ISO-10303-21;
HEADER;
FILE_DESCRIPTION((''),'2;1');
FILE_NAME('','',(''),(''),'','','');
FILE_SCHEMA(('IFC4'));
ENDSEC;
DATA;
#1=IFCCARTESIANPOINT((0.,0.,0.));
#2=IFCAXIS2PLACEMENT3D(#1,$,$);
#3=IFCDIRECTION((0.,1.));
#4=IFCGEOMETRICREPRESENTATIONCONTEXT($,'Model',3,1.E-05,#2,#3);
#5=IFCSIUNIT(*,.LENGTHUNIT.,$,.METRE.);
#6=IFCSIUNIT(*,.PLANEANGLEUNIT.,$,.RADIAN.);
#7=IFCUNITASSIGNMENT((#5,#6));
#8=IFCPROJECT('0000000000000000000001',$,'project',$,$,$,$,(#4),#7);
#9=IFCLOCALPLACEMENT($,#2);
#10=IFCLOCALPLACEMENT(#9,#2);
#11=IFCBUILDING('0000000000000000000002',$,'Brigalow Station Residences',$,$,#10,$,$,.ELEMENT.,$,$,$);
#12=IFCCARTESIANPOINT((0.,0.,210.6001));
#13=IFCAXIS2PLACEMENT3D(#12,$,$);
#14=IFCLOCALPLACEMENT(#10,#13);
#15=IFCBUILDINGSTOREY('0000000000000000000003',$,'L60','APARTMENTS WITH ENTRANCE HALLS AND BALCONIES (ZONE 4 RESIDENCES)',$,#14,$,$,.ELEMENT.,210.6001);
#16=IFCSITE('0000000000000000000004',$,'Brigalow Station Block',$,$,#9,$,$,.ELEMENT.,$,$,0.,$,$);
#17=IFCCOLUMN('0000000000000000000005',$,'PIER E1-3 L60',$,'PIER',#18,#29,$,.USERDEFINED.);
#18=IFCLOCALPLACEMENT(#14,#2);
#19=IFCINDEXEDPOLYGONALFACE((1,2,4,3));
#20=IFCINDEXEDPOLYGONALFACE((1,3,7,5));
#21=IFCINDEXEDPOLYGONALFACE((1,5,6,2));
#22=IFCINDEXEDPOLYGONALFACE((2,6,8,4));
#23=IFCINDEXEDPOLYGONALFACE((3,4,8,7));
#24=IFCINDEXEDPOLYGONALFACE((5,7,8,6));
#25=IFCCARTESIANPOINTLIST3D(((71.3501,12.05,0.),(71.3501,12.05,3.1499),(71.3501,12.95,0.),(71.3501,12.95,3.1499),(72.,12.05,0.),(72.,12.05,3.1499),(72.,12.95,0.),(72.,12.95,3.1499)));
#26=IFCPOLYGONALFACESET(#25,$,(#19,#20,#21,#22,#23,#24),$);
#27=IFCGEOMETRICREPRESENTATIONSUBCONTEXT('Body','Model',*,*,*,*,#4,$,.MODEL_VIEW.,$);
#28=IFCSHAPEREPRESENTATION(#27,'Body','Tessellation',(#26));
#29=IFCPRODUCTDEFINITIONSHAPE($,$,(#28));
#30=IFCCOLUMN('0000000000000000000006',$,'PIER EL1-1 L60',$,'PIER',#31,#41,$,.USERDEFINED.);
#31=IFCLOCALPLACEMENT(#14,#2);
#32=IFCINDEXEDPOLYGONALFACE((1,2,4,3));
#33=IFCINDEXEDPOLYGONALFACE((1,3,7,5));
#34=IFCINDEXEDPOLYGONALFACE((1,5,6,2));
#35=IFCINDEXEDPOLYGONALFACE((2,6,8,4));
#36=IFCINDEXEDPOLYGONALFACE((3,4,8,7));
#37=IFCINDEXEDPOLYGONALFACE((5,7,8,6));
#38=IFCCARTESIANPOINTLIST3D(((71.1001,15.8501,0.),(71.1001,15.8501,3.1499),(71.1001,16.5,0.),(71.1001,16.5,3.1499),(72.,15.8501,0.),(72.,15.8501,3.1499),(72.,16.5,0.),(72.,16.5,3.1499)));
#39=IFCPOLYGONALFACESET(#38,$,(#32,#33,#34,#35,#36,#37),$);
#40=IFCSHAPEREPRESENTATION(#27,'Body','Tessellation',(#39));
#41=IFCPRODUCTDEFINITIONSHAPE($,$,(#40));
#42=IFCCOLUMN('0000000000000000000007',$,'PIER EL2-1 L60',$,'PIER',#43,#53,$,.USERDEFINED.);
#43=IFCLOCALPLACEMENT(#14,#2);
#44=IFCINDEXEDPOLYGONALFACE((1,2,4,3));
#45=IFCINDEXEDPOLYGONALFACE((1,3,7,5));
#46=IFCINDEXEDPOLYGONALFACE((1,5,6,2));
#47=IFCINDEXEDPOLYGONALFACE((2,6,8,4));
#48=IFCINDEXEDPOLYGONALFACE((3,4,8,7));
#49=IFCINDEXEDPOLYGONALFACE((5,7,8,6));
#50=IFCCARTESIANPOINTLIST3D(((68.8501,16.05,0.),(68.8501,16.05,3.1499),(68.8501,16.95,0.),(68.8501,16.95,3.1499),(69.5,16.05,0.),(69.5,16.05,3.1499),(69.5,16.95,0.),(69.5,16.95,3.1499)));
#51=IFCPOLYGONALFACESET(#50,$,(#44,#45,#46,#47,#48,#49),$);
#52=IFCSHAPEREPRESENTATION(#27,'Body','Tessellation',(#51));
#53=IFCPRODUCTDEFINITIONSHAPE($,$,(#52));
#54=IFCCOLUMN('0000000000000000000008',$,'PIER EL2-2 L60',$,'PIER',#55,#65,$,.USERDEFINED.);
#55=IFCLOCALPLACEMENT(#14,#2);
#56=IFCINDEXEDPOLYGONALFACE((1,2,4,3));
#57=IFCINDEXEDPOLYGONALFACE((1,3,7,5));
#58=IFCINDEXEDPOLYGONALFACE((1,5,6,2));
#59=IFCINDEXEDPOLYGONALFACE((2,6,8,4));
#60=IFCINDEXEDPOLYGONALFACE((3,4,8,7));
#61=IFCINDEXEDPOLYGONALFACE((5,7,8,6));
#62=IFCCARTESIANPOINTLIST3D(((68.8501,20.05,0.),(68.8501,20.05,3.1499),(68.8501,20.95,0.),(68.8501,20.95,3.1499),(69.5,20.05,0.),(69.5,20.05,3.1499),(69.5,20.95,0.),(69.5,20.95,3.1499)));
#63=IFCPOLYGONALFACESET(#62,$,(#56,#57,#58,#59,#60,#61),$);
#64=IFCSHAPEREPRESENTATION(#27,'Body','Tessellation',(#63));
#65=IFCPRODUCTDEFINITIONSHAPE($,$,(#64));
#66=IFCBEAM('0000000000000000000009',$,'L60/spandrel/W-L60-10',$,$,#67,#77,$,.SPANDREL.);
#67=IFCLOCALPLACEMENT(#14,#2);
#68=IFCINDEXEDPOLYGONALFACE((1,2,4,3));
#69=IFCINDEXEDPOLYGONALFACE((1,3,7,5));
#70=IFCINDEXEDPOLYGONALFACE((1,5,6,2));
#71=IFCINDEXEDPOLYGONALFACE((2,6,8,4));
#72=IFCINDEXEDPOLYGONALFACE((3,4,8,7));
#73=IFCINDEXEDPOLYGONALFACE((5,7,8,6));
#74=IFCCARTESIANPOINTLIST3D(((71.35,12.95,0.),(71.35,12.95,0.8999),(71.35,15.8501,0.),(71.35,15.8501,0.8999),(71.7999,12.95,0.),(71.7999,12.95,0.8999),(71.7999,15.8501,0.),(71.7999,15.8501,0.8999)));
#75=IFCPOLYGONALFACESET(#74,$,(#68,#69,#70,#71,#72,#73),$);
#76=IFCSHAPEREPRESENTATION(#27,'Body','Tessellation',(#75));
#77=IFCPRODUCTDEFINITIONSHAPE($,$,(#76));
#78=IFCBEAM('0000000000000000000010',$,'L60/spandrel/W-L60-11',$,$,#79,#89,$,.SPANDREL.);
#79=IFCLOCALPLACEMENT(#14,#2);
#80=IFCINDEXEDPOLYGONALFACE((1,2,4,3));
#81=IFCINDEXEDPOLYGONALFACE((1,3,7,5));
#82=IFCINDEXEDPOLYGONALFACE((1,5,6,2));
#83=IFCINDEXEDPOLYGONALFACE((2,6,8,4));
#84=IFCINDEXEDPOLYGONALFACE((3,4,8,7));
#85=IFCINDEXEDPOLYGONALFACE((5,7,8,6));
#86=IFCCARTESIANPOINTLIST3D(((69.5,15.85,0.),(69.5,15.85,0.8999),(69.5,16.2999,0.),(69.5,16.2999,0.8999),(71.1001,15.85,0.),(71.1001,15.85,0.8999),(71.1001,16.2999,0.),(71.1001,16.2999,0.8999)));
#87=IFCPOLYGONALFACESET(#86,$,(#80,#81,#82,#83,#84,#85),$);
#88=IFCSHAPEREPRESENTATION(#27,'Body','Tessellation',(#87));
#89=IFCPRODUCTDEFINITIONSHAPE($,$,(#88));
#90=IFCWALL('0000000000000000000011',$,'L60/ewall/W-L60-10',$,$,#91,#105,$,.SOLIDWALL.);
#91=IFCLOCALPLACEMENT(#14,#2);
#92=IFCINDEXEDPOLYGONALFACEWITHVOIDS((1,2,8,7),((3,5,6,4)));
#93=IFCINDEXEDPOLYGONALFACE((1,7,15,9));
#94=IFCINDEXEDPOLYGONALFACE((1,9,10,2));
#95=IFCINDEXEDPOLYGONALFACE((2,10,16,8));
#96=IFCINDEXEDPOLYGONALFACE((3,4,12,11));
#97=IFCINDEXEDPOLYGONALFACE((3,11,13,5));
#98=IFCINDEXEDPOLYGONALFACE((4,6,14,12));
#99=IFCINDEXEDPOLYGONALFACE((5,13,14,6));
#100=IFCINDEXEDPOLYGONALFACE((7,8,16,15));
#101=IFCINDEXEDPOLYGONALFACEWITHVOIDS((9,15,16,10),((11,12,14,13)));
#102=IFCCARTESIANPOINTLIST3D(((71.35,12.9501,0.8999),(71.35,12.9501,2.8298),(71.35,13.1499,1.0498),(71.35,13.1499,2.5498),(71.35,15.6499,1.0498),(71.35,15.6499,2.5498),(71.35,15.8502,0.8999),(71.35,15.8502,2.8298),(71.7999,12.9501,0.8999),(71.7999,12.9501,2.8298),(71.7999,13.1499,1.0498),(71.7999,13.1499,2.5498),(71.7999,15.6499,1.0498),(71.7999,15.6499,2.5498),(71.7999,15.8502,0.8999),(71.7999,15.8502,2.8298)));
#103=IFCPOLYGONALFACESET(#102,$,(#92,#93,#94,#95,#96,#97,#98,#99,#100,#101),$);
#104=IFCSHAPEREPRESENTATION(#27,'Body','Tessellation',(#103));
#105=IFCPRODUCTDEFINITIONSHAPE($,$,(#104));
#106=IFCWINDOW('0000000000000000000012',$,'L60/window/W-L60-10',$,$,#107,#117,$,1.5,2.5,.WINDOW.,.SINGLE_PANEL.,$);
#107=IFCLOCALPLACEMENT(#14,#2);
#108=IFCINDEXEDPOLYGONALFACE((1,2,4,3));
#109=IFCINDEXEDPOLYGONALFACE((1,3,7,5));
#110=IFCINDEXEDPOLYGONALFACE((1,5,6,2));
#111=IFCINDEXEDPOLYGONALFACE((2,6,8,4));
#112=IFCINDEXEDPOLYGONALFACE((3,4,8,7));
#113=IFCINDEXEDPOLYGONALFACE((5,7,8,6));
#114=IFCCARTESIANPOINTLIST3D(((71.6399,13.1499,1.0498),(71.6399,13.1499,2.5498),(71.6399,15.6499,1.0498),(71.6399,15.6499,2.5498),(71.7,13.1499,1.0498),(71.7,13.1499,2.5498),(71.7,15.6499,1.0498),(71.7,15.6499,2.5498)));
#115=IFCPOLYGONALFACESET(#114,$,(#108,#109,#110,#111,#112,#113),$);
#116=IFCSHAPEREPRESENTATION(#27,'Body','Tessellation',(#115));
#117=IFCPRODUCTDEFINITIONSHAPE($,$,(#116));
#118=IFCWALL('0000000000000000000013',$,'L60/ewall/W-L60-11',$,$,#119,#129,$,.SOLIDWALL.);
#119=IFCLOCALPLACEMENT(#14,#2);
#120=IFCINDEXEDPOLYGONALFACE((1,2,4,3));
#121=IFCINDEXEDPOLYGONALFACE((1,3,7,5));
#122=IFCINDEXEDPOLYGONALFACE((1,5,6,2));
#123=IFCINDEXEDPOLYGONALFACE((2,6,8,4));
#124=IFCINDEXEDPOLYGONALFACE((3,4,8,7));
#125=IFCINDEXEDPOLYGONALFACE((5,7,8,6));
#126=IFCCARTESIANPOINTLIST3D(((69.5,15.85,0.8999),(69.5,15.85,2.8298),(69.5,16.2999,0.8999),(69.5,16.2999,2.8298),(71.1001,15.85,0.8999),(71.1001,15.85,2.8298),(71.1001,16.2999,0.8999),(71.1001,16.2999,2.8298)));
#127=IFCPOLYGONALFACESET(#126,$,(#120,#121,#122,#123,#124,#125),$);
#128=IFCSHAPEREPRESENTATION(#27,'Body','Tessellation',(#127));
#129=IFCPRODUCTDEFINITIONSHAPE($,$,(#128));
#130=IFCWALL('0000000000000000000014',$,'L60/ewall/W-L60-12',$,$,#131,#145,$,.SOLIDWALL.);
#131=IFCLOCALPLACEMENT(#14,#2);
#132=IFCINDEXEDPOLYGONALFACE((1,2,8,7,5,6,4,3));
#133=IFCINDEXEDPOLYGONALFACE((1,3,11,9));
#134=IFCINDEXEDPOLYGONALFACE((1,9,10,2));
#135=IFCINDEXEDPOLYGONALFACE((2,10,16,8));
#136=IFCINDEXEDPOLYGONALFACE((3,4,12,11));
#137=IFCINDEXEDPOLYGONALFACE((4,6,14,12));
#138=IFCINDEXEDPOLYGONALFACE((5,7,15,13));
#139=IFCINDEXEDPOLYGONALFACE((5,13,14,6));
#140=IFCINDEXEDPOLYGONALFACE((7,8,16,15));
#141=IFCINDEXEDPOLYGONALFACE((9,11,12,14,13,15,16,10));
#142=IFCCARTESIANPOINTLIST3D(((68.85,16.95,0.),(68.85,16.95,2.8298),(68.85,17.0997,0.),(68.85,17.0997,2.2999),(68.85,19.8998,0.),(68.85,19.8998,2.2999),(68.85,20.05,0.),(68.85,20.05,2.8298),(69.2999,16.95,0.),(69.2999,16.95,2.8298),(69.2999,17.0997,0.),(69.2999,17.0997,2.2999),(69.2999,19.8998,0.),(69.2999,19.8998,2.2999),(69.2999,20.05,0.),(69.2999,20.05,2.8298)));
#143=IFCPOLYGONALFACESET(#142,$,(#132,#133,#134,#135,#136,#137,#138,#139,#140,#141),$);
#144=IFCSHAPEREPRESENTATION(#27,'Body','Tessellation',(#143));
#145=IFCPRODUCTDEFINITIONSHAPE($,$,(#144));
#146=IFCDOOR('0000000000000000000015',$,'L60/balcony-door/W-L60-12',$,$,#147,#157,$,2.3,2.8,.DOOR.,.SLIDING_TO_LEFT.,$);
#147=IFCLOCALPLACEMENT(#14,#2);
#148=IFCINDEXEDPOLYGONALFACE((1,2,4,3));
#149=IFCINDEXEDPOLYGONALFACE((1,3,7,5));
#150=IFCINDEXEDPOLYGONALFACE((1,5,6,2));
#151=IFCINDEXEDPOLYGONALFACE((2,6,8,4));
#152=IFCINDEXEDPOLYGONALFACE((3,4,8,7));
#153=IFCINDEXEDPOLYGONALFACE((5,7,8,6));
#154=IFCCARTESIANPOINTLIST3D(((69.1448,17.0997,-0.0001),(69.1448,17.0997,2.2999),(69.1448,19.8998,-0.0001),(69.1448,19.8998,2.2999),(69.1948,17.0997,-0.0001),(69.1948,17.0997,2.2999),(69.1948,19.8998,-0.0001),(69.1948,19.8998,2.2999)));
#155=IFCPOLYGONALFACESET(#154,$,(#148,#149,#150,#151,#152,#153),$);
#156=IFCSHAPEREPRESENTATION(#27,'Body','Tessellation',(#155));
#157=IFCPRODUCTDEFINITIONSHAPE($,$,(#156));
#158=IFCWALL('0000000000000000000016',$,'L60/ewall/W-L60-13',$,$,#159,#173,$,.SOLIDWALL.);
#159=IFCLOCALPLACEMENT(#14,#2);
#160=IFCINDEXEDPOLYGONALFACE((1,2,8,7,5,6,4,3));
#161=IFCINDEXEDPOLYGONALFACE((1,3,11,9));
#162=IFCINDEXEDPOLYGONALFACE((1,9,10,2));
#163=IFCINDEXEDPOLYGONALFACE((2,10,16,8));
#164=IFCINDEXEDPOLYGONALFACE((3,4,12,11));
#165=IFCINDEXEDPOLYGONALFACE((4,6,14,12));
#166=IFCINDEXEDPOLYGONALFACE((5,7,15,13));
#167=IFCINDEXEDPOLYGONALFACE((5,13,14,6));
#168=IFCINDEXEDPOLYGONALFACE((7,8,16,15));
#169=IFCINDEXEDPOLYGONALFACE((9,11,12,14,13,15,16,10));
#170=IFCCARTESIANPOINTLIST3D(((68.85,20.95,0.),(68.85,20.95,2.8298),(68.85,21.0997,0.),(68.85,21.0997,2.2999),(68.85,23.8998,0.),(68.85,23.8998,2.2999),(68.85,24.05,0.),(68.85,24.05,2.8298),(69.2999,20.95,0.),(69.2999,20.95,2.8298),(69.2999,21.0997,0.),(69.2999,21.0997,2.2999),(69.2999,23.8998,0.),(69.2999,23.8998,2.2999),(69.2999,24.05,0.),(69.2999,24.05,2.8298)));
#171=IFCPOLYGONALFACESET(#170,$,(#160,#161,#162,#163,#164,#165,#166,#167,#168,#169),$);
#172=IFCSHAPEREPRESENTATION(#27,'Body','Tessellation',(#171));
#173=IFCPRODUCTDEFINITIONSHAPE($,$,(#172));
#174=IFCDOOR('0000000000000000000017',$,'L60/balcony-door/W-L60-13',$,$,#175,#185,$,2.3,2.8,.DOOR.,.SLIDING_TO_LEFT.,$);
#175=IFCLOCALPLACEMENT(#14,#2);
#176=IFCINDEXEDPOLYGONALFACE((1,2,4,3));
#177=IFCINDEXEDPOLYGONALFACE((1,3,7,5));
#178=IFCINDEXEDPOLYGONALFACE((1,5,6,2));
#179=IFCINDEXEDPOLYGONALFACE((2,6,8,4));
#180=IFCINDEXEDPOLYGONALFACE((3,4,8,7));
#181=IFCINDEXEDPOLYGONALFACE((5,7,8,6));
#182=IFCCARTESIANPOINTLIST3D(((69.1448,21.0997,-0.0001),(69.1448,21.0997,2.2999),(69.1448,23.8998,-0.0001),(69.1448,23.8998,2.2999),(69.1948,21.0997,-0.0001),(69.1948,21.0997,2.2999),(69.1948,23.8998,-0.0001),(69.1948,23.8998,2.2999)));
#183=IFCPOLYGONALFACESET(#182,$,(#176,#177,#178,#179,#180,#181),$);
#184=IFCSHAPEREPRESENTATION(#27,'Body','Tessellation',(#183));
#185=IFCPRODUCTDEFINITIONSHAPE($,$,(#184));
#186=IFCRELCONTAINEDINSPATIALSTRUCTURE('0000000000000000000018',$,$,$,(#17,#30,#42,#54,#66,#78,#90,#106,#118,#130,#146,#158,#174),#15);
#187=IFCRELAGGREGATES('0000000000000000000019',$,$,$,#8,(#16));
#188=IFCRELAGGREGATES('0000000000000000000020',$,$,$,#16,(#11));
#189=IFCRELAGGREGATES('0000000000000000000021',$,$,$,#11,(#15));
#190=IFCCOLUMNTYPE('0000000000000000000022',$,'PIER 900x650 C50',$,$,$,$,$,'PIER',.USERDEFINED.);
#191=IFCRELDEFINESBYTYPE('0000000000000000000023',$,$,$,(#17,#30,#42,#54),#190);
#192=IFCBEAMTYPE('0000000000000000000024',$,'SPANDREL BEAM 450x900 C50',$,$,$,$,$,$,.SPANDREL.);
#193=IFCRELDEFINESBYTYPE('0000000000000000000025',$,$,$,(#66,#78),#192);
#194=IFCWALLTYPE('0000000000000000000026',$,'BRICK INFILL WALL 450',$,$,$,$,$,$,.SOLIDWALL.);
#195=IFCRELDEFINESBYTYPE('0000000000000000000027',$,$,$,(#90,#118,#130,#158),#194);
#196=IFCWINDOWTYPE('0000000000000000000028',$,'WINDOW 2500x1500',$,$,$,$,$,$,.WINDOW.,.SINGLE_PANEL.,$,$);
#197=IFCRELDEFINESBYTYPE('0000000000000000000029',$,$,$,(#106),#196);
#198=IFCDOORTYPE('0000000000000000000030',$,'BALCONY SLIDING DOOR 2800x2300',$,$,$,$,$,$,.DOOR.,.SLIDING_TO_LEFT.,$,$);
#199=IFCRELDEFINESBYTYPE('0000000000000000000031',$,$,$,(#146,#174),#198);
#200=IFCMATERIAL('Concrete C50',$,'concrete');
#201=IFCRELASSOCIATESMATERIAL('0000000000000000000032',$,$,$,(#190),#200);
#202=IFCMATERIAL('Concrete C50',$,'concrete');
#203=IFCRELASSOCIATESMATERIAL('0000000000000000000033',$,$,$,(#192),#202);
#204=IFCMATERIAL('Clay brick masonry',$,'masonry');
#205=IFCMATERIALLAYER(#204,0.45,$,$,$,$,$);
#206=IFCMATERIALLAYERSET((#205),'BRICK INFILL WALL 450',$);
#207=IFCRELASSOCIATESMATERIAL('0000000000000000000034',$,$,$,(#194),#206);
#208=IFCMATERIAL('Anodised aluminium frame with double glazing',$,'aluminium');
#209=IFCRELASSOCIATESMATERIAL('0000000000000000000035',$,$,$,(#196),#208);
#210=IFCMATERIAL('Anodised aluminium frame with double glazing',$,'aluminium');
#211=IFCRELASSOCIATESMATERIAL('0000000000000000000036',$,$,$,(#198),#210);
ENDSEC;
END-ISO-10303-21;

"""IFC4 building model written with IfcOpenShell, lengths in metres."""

from ifc_helpers import new_model, si_unit, direction, frame, frame_2d, origin, origin_2d, place, context, subcontext, project, spatial, rectangle, extrude, material, layer, layer_set, material_profile, profile_set, type_object, element, fill, save


model = new_model("IFC4")

# Units and contexts
model_context = context("Model", 3, precision=1e-05, world=origin(), true_north=direction((0.0, 1.0)))
body_context = subcontext(model_context, "Body", "Model", "MODEL_VIEW")
ifc_project = project(units=[si_unit("LENGTHUNIT", "METRE"), si_unit("PLANEANGLEUNIT", "RADIAN")], contexts=[model_context])

# Site, building, storey
site_placement = place(None, origin())
site = spatial("IfcSite", under=ifc_project, at=site_placement, Name="Brigalow Station Block", CompositionType="ELEMENT", RefElevation=0.0)
building_placement = place(site_placement, origin())
building = spatial("IfcBuilding", under=site, at=building_placement, Name="Brigalow Station Residences", CompositionType="ELEMENT")
storey_placement = place(building_placement, frame((0.0, 0.0, 210.6001)))
storey = spatial("IfcBuildingStorey", under=building, at=storey_placement, Name="L60", Description="APARTMENTS WITH ENTRANCE HALLS AND BALCONIES (ZONE 4 RESIDENCES)", CompositionType="ELEMENT", Elevation=210.6001)

# Columns
ifc_material_1 = material(Name="Concrete C50", Category="concrete")
ifc_material_profile_1 = material_profile(ifc_material_1, rectangle(XDim=0.8999, YDim=0.6499, at=origin_2d()), Name="RC900x650")
ifc_profile_set_1 = profile_set([ifc_material_profile_1], Name="Concrete C50")
column_type = type_object("IfcColumnType", Name="PIER 900x650 C50", ElementType="PIER", PredefinedType="USERDEFINED", material=ifc_profile_set_1)
for number, where, z_axis, x_axis, name in (
    (1, (71.675, 12.5, 0.0), (0.0, 0.0, 1.0), (0.0, 1.0, 0.0), "PIER E1-3 L60"),
    (2, (71.55, 16.175, 0.0), (0.0, 0.0, 1.0), (-1.0, 0.0, 0.0), "PIER EL1-1 L60"),
    (3, (69.175, 16.5, 0.0), (0.0, 0.0, 1.0), (0.0, 1.0, 0.0), "PIER EL2-1 L60"),
    (4, (69.175, 20.5, 0.0), (0.0, 0.0, 1.0), (0.0, 1.0, 0.0), "PIER EL2-2 L60"),
):
    element("IfcColumn", number, at=place(storey_placement, frame(where, z_axis=z_axis, x_axis=x_axis)), inside=storey, type_object=column_type, Name=name, ObjectType="PIER", PredefinedType="USERDEFINED", context=body_context, shape_type="SweptSolid", body=[
        extrude(rectangle(XDim=0.8999, YDim=0.6499, at=origin_2d()), origin(), (0.0, 0.0, 1.0), 3.1499),
    ])

# Beams
ifc_material_2 = material(Name="Concrete C50", Category="concrete")
ifc_material_profile_2 = material_profile(ifc_material_2, rectangle(XDim=0.45, YDim=0.8999, at=origin_2d()), Name="RC450x900")
ifc_profile_set_2 = profile_set([ifc_material_profile_2], Name="Concrete C50")
beam_type = type_object("IfcBeamType", Name="SPANDREL BEAM 450x900 C50", PredefinedType="SPANDREL", material=ifc_profile_set_2)
beam_1_placement = place(storey_placement, frame((71.575, 12.95, 0.45), z_axis=(0.0, 1.0, 0.0), x_axis=(-1.0, 0.0, 0.0)))
element("IfcBeam", 5, at=beam_1_placement, inside=storey, type_object=beam_type, Name="L60/spandrel/W-L60-10", PredefinedType="SPANDREL", context=body_context, shape_type="SweptSolid", body=[
    extrude(rectangle(XDim=0.45, YDim=0.8999, at=origin_2d()), origin(), (0.0, 0.0, 1.0), 2.9001),
])
beam_2_placement = place(storey_placement, frame((71.1001, 16.075, 0.45), z_axis=(-1.0, 0.0, 0.0), x_axis=(0.0, -1.0, 0.0)))
element("IfcBeam", 6, at=beam_2_placement, inside=storey, type_object=beam_type, Name="L60/spandrel/W-L60-11", PredefinedType="SPANDREL", context=body_context, shape_type="SweptSolid", body=[
    extrude(rectangle(XDim=0.45, YDim=0.8999, at=origin_2d()), origin(), (0.0, 0.0, 1.0), 1.6001),
])

# Wall, opening, window
ifc_material_3 = material(Name="Clay brick masonry", Category="masonry")
ifc_layer_1 = layer(ifc_material_3, 0.45)
ifc_layer_set_1 = layer_set([ifc_layer_1], Name="BRICK INFILL WALL 450")
wall_type_1 = type_object("IfcWallType", Name="BRICK INFILL WALL 450", PredefinedType="SOLIDWALL", material=ifc_layer_set_1)
wall_1_placement = place(storey_placement, frame((71.575, 12.95, 0.8999), z_axis=(0.0, 0.0, 1.0), x_axis=(0.0, 1.0, 0.0)))
wall_1 = element("IfcWall", 7, at=wall_1_placement, inside=storey, type_object=wall_type_1, Name="L60/ewall/W-L60-10", PredefinedType="SOLIDWALL", context=body_context, shape_type="SweptSolid", body=[
    extrude(rectangle(XDim=2.9001, YDim=0.45, at=frame_2d((1.4502, 0.0))), origin(), (0.0, 0.0, 1.0), 1.9299),
])
opening_1_placement = place(wall_1_placement, frame((0.2, 0.0, 0.1499)))
opening_1 = element("IfcOpeningElement", 8, at=opening_1_placement, cuts=wall_1, PredefinedType="OPENING", context=body_context, shape_type="SweptSolid", body=[
    extrude(rectangle(XDim=2.5, YDim=1.5, at=frame_2d((1.25, 0.75))), frame((0.0, 0.2349, 0.0), z_axis=(0.0, -1.0, 0.0), x_axis=(1.0, 0.0, 0.0)), (0.0, 0.0, 1.0), 0.47),
])
ifc_material_4 = material(Name="Anodised aluminium frame with double glazing", Category="aluminium")
window_type = type_object("IfcWindowType", Name="WINDOW 2500x1500", PartitioningType="SINGLE_PANEL", PredefinedType="WINDOW", material=ifc_material_4)
window_placement = place(opening_1_placement, origin())
window = element("IfcWindow", 9, at=window_placement, inside=storey, type_object=window_type, Name="L60/window/W-L60-10", OverallHeight=1.5, OverallWidth=2.5, PartitioningType="SINGLE_PANEL", PredefinedType="WINDOW", context=body_context, shape_type="SweptSolid", body=[
    extrude(rectangle(XDim=2.5, YDim=1.5, at=frame_2d((1.25, 0.75))), frame((0.0, -0.0649, 0.0), z_axis=(0.0, -1.0, 0.0), x_axis=(1.0, 0.0, 0.0)), (0.0, 0.0, 1.0), 0.0601),
])
fill(opening_1, window)

# Wall
wall_2_placement = place(storey_placement, frame((71.1001, 16.075, 0.8999), z_axis=(0.0, 0.0, 1.0), x_axis=(-1.0, 0.0, 0.0)))
element("IfcWall", 10, at=wall_2_placement, inside=storey, type_object=wall_type_1, Name="L60/ewall/W-L60-11", PredefinedType="SOLIDWALL", context=body_context, shape_type="SweptSolid", body=[
    extrude(rectangle(XDim=1.6001, YDim=0.45, at=frame_2d((0.8, 0.0))), origin(), (0.0, 0.0, 1.0), 1.9299),
])

# Walls, openings, doors
wall_3_placement = place(storey_placement, frame((69.075, 16.95, 0.0), z_axis=(0.0, 0.0, 1.0), x_axis=(0.0, 1.0, 0.0)))
wall_3 = element("IfcWall", 11, at=wall_3_placement, inside=storey, type_object=wall_type_1, Name="L60/ewall/W-L60-12", PredefinedType="SOLIDWALL", context=body_context, shape_type="SweptSolid", body=[
    extrude(rectangle(XDim=3.1001, YDim=0.45, at=frame_2d((1.55, 0.0))), origin(), (0.0, 0.0, 1.0), 2.8298),
])
opening_2_placement = place(wall_3_placement, frame((0.1499, 0.0, 0.0)))
opening_2 = element("IfcOpeningElement", 12, at=opening_2_placement, cuts=wall_3, PredefinedType="OPENING", context=body_context, shape_type="SweptSolid", body=[
    extrude(rectangle(XDim=2.8, YDim=2.3, at=frame_2d((1.3999, 1.1499))), frame((0.0, 0.2349, 0.0), z_axis=(0.0, -1.0, 0.0), x_axis=(1.0, 0.0, 0.0)), (0.0, 0.0, 1.0), 0.47),
])
ifc_material_5 = material(Name="Anodised aluminium frame with double glazing", Category="aluminium")
door_type = type_object("IfcDoorType", Name="BALCONY SLIDING DOOR 2800x2300", OperationType="SLIDING_TO_LEFT", PredefinedType="DOOR", material=ifc_material_5)
door_1_placement = place(opening_2_placement, origin())
door_1 = element("IfcDoor", 13, at=door_1_placement, inside=storey, type_object=door_type, Name="L60/balcony-door/W-L60-12", OperationType="SLIDING_TO_LEFT", OverallHeight=2.3, OverallWidth=2.8, PredefinedType="DOOR", context=body_context, shape_type="SweptSolid", body=[
    extrude(rectangle(XDim=2.8, YDim=2.3, at=frame_2d((1.3999, 1.1499))), frame((0.0, -0.0698, 0.0), z_axis=(0.0, -1.0, 0.0), x_axis=(1.0, 0.0, 0.0)), (0.0, 0.0, 1.0), 0.05),
])
fill(opening_2, door_1)
wall_4_placement = place(storey_placement, frame((69.075, 20.95, 0.0), z_axis=(0.0, 0.0, 1.0), x_axis=(0.0, 1.0, 0.0)))
wall_4 = element("IfcWall", 14, at=wall_4_placement, inside=storey, type_object=wall_type_1, Name="L60/ewall/W-L60-13", PredefinedType="SOLIDWALL", context=body_context, shape_type="SweptSolid", body=[
    extrude(rectangle(XDim=3.1001, YDim=0.45, at=frame_2d((1.55, 0.0))), origin(), (0.0, 0.0, 1.0), 2.8298),
])
opening_3_placement = place(wall_4_placement, frame((0.1499, 0.0, 0.0)))
opening_3 = element("IfcOpeningElement", 15, at=opening_3_placement, cuts=wall_4, PredefinedType="OPENING", context=body_context, shape_type="SweptSolid", body=[
    extrude(rectangle(XDim=2.8, YDim=2.3, at=frame_2d((1.3999, 1.1499))), frame((0.0, 0.2349, 0.0), z_axis=(0.0, -1.0, 0.0), x_axis=(1.0, 0.0, 0.0)), (0.0, 0.0, 1.0), 0.47),
])
door_2_placement = place(opening_3_placement, origin())
door_2 = element("IfcDoor", 16, at=door_2_placement, inside=storey, type_object=door_type, Name="L60/balcony-door/W-L60-13", OperationType="SLIDING_TO_LEFT", OverallHeight=2.3, OverallWidth=2.8, PredefinedType="DOOR", context=body_context, shape_type="SweptSolid", body=[
    extrude(rectangle(XDim=2.8, YDim=2.3, at=frame_2d((1.3999, 1.1499))), frame((0.0, -0.0698, 0.0), z_axis=(0.0, -1.0, 0.0), x_axis=(1.0, 0.0, 0.0)), (0.0, 0.0, 1.0), 0.05),
])
fill(opening_3, door_2)

save(model, "model.ifc")
